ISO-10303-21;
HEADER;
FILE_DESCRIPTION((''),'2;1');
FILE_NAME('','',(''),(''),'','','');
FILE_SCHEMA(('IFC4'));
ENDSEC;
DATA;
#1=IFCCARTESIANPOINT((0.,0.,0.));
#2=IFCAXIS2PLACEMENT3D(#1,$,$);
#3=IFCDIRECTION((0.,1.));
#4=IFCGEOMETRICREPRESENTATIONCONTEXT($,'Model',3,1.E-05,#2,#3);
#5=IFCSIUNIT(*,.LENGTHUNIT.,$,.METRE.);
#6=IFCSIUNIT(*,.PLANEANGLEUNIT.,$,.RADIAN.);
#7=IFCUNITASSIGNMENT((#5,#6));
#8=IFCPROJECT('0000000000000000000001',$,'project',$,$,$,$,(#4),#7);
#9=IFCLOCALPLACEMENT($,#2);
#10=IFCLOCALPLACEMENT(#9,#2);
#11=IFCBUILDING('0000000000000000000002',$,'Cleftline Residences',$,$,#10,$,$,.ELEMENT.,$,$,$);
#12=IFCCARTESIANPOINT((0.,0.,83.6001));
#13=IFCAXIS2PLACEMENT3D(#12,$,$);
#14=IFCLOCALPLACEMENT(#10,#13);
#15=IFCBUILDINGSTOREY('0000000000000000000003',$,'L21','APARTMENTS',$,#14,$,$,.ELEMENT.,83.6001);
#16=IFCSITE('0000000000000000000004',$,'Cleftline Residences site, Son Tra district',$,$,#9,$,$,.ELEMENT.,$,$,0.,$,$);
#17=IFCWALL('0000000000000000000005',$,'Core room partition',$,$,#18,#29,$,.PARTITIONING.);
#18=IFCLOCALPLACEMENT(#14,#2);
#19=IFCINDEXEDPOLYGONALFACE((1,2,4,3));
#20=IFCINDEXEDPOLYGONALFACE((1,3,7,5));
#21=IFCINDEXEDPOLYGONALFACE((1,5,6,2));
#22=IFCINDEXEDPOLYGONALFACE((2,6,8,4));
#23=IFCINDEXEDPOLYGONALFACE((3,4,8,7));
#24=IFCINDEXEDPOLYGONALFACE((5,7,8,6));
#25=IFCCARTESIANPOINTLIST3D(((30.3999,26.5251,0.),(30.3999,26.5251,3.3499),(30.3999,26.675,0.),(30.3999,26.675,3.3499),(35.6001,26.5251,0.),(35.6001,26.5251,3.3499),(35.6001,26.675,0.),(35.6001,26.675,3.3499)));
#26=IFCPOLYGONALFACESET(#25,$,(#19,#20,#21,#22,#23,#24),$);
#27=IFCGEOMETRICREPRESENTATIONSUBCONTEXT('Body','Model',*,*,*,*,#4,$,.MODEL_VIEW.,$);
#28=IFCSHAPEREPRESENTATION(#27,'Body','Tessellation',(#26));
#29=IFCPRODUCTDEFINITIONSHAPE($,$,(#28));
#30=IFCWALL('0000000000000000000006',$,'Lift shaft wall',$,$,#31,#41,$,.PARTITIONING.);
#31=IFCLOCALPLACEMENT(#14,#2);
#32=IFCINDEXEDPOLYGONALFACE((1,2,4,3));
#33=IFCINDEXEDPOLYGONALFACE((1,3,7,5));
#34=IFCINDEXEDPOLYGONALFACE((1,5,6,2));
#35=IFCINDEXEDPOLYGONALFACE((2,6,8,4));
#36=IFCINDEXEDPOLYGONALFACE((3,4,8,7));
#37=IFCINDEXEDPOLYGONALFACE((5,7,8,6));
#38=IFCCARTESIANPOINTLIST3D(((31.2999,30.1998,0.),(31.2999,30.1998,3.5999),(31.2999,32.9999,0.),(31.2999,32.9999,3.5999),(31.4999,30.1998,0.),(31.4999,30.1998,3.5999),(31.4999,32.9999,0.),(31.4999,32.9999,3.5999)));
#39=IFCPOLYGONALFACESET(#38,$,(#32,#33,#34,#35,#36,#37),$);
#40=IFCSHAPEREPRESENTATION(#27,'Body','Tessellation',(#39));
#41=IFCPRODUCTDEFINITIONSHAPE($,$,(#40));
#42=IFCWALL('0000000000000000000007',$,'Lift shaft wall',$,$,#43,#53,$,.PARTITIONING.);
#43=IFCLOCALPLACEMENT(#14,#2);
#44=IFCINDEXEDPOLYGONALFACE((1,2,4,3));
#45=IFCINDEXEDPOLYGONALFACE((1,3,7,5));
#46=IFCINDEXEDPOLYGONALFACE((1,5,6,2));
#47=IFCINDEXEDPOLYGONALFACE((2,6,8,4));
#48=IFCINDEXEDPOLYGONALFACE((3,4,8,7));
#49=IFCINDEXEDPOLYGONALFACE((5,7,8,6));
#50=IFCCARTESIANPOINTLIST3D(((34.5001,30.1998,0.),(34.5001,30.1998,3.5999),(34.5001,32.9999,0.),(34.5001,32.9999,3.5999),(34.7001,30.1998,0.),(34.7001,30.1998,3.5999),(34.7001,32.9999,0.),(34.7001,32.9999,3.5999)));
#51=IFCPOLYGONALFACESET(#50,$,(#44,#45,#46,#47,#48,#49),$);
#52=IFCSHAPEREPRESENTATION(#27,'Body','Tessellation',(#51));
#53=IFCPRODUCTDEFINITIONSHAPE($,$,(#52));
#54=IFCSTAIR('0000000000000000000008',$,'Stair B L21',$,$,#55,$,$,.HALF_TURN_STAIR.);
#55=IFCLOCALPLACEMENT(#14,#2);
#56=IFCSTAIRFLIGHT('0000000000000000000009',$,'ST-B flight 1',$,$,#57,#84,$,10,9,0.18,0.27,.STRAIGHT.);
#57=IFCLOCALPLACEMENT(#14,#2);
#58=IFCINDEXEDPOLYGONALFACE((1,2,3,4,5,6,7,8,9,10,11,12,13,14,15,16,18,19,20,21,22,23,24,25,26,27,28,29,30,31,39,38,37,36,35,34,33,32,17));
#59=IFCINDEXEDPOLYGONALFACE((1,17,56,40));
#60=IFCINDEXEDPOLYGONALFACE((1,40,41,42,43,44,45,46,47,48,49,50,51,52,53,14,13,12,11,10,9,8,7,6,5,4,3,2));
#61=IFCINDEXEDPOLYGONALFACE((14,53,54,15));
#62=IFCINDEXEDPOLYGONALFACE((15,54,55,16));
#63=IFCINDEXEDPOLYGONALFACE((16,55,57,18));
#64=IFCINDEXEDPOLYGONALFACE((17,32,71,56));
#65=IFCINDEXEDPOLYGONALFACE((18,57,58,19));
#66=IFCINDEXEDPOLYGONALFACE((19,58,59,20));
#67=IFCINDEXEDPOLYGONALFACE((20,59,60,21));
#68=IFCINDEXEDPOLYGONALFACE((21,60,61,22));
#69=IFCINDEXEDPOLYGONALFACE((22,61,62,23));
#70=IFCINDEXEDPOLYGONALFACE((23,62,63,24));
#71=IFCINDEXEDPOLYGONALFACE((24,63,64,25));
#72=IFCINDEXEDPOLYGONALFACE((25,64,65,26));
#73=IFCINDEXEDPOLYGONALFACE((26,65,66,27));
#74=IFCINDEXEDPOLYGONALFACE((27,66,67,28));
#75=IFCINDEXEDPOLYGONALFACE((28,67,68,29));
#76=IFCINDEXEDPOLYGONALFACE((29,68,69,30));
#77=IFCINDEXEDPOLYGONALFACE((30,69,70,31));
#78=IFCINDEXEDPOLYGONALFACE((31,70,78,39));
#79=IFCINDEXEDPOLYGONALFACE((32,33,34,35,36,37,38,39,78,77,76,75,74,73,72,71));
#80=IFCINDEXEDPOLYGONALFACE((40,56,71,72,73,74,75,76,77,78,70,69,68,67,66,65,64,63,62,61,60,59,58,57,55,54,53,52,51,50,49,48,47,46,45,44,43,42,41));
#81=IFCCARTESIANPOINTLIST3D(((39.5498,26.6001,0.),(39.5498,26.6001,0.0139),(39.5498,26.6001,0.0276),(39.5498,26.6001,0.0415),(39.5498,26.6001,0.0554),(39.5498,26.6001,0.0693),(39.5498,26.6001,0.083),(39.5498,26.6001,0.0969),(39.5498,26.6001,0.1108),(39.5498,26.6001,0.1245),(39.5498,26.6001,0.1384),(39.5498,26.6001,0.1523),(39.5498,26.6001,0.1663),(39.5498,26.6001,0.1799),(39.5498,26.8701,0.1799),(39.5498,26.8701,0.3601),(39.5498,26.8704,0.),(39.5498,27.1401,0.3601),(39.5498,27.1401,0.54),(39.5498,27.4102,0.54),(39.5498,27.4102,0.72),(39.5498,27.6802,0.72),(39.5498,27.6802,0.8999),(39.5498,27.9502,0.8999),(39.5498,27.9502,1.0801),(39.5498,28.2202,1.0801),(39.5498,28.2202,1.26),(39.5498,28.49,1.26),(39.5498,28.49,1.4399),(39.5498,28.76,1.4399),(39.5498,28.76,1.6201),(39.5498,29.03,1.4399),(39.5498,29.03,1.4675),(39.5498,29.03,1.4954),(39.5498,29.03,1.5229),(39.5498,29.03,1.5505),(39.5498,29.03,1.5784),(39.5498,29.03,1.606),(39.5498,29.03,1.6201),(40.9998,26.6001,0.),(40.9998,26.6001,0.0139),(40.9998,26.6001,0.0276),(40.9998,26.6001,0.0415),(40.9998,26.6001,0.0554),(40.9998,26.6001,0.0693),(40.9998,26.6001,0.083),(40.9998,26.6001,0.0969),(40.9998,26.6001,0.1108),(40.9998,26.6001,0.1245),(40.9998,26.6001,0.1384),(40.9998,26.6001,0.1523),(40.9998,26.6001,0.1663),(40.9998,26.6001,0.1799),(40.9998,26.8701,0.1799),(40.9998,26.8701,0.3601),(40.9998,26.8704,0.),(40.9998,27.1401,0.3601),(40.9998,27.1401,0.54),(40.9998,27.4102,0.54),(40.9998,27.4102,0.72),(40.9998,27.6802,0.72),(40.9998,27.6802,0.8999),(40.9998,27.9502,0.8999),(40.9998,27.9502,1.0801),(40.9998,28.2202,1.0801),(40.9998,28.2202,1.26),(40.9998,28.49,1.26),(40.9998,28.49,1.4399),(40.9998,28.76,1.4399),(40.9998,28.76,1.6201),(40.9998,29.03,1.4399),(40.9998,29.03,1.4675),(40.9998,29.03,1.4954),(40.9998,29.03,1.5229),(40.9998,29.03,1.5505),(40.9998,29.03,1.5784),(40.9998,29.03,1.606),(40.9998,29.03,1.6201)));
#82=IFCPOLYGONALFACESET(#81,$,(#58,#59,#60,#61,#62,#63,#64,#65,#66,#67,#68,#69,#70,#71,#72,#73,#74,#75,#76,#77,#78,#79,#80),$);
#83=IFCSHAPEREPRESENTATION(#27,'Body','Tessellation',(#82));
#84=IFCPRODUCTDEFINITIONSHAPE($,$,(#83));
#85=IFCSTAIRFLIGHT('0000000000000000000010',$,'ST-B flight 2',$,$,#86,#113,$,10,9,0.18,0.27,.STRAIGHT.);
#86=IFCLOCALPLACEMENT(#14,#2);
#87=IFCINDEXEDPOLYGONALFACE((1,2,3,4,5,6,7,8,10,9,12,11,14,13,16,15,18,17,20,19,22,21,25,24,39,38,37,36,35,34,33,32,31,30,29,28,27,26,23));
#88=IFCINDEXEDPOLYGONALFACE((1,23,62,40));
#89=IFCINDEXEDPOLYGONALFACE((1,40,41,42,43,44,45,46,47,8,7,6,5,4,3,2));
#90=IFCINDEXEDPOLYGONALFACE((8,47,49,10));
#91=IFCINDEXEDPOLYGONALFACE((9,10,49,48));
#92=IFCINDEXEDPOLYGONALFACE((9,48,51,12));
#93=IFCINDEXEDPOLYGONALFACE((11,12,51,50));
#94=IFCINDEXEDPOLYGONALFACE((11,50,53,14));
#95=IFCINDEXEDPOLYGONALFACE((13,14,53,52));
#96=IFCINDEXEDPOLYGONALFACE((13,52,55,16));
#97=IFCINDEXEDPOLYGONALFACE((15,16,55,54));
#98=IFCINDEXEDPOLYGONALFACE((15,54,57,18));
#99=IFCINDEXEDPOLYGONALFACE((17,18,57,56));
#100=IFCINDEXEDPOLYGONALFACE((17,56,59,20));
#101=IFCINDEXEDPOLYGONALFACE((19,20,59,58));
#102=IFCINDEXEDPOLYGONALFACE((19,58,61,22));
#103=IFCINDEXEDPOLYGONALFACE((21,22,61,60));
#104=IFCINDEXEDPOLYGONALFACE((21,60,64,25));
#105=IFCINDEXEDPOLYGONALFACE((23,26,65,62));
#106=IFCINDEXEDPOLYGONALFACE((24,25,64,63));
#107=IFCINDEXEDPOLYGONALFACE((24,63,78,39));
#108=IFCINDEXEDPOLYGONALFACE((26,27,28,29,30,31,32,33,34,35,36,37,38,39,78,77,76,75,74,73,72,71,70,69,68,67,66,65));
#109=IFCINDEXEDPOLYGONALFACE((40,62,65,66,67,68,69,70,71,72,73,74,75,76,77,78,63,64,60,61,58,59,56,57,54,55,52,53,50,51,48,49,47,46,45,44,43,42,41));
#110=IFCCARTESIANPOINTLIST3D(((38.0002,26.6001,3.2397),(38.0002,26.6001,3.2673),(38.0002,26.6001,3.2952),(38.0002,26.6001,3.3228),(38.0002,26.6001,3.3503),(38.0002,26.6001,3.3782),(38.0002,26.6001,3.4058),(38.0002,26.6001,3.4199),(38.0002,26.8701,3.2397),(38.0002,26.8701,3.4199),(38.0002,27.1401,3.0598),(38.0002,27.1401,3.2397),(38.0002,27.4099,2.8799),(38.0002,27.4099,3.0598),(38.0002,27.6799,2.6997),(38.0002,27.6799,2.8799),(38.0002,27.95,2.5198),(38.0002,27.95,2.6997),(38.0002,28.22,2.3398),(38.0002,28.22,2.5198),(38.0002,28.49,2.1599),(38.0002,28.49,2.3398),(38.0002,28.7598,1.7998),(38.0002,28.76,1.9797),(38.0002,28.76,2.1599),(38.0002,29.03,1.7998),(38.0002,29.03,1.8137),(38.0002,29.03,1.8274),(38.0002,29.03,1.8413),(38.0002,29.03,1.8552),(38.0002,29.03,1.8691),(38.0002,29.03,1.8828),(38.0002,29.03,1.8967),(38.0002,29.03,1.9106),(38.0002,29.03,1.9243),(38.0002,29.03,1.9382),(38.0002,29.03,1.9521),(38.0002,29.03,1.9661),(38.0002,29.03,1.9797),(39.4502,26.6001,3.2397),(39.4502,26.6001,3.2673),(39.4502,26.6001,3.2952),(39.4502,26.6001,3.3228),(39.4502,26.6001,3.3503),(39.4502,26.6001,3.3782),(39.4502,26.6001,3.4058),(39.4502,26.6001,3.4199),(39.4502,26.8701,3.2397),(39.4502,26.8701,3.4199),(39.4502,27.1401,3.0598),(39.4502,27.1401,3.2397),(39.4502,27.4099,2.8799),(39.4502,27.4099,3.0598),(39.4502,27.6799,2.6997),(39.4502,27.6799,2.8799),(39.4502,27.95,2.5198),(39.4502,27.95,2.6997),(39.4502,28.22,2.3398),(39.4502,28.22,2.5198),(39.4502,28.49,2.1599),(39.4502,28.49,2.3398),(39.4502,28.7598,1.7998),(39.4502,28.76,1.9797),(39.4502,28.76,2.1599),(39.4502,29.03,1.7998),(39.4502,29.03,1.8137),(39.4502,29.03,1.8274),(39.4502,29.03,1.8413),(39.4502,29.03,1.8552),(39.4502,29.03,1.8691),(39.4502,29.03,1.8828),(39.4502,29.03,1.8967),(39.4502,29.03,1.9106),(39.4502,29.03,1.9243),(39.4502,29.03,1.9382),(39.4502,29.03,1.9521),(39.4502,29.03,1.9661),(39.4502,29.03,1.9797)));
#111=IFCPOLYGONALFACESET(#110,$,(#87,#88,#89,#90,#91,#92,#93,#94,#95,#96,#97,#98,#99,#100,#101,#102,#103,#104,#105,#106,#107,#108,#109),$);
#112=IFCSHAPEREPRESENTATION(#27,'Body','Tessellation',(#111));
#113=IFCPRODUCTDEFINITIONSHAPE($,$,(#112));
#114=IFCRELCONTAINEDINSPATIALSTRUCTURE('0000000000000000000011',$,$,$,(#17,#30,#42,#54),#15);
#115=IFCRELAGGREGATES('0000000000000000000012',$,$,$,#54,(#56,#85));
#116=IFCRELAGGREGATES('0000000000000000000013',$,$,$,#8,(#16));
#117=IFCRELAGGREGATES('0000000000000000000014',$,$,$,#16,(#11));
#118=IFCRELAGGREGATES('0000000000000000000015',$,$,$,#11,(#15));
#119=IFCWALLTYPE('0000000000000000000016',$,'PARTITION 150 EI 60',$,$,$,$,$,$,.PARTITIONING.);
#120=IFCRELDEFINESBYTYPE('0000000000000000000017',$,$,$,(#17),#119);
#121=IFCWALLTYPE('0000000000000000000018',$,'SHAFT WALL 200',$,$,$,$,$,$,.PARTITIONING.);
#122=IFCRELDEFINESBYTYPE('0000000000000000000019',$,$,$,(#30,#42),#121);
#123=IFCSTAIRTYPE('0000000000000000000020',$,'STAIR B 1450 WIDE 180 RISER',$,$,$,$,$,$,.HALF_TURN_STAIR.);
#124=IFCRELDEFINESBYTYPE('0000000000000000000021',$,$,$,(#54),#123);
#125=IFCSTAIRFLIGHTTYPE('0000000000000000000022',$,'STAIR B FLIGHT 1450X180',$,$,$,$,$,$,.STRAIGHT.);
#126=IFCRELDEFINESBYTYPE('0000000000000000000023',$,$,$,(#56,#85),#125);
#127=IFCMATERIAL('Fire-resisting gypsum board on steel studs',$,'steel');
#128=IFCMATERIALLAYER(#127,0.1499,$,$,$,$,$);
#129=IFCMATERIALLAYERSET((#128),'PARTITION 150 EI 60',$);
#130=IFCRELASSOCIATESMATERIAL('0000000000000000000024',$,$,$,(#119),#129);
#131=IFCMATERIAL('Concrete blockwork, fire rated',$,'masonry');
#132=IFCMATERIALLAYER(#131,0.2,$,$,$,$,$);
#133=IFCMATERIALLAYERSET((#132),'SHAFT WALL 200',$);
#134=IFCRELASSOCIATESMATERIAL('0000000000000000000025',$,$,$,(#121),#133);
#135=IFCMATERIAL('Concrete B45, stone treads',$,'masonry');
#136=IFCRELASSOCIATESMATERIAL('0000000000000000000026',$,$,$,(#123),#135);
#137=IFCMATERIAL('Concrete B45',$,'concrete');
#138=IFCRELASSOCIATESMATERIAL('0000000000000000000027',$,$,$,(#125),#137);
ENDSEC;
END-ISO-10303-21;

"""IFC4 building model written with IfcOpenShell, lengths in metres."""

from ifc_helpers import new_model, si_unit, direction, frame, frame_2d, origin, place, context, subcontext, project, spatial, polyline, rectangle, outline, extrude, material, layer, layer_set, type_object, element, aggregate, save


model = new_model("IFC4")

# Units and contexts
model_context = context("Model", 3, precision=1e-05, world=origin(), true_north=direction((0.0, 1.0)))
body_context = subcontext(model_context, "Body", "Model", "MODEL_VIEW")
ifc_project = project(units=[si_unit("LENGTHUNIT", "METRE"), si_unit("PLANEANGLEUNIT", "RADIAN")], contexts=[model_context])

# Site, building, storey
site_placement = place(None, origin())
site = spatial("IfcSite", under=ifc_project, at=site_placement, Name="Cleftline Residences site, Son Tra district", CompositionType="ELEMENT", RefElevation=0.0)
building_placement = place(site_placement, origin())
building = spatial("IfcBuilding", under=site, at=building_placement, Name="Cleftline Residences", CompositionType="ELEMENT")
storey_placement = place(building_placement, frame((0.0, 0.0, 83.6001)))
storey = spatial("IfcBuildingStorey", under=building, at=storey_placement, Name="L21", Description="APARTMENTS", CompositionType="ELEMENT", Elevation=83.6001)

# Walls
ifc_material_1 = material(Name="Fire-resisting gypsum board on steel studs", Category="steel")
ifc_layer_1 = layer(ifc_material_1, 0.1499)
ifc_layer_set_1 = layer_set([ifc_layer_1], Name="PARTITION 150 EI 60")
wall_type_1 = type_object("IfcWallType", Name="PARTITION 150 EI 60", PredefinedType="PARTITIONING", material=ifc_layer_set_1)
wall_1_placement = place(storey_placement, frame((30.3999, 26.6001, 0.0), z_axis=(0.0, 0.0, 1.0), x_axis=(1.0, 0.0, 0.0)))
element("IfcWall", 1, at=wall_1_placement, inside=storey, type_object=wall_type_1, Name="Core room partition", PredefinedType="PARTITIONING", context=body_context, shape_type="SweptSolid", body=[
    extrude(rectangle(XDim=5.2002, YDim=0.1499, at=frame_2d((2.6001, 0.0))), origin(), (0.0, 0.0, 1.0), 3.3499),
])
ifc_material_2 = material(Name="Concrete blockwork, fire rated", Category="masonry")
ifc_layer_2 = layer(ifc_material_2, 0.2)
ifc_layer_set_2 = layer_set([ifc_layer_2], Name="SHAFT WALL 200")
wall_type_2 = type_object("IfcWallType", Name="SHAFT WALL 200", PredefinedType="PARTITIONING", material=ifc_layer_set_2)
for number, where, z_axis, x_axis, name in (
    (2, (31.3999, 30.2, 0.0), (0.0, 0.0, 1.0), (0.0, 1.0, 0.0), "Lift shaft wall"),
    (3, (34.6001, 30.2, 0.0), (0.0, 0.0, 1.0), (0.0, 1.0, 0.0), "Lift shaft wall"),
):
    element("IfcWall", number, at=place(storey_placement, frame(where, z_axis=z_axis, x_axis=x_axis)), inside=storey, type_object=wall_type_2, Name=name, PredefinedType="PARTITIONING", context=body_context, shape_type="SweptSolid", body=[
        extrude(rectangle(XDim=2.8, YDim=0.2, at=frame_2d((1.3999, 0.0))), origin(), (0.0, 0.0, 1.0), 3.5999),
    ])

# Stair, stair flights
ifc_material_3 = material(Name="Concrete B45, stone treads", Category="masonry")
stair_type = type_object("IfcStairType", Name="STAIR B 1450 WIDE 180 RISER", PredefinedType="HALF_TURN_STAIR", material=ifc_material_3)
stair_placement = place(storey_placement, origin())
stair = element("IfcStair", 4, at=stair_placement, inside=storey, type_object=stair_type, Name="Stair B L21", PredefinedType="HALF_TURN_STAIR")
ifc_material_4 = material(Name="Concrete B45", Category="concrete")
stair_flight_type = type_object("IfcStairFlightType", Name="STAIR B FLIGHT 1450X180", PredefinedType="STRAIGHT", material=ifc_material_4)
stair_flight_1_placement = place(storey_placement, frame((40.2749, 26.6001, 0.0), z_axis=(0.0, 0.0, 1.0), x_axis=(0.0, 1.0, 0.0)))
stair_flight_1 = element("IfcStairFlight", 5, at=stair_flight_1_placement, type_object=stair_flight_type, Name="ST-B flight 1", NumberOfRisers=10, NumberOfTreads=9, PredefinedType="STRAIGHT", RiserHeight=0.18, TreadLength=0.27, context=body_context, shape_type="SweptSolid", body=[
    extrude(outline(polyline([(0.0, 0.0), (0.0, 0.0139), (0.0, 0.0276), (0.0, 0.0415), (0.0, 0.0554), (0.0, 0.0693), (0.0, 0.083), (0.0, 0.0969), (0.0, 0.1108), (0.0, 0.1245), (0.0, 0.1384), (0.0, 0.1523), (0.0, 0.1663), (0.0, 0.1799), (0.27, 0.1799), (0.27, 0.3601), (0.54, 0.3601), (0.54, 0.54), (0.8101, 0.54), (0.8101, 0.72), (1.0801, 0.72), (1.0801, 0.8999), (1.3501, 0.8999), (1.3501, 1.0801), (1.6201, 1.0801), (1.6201, 1.26), (1.8899, 1.26), (1.8899, 1.4399), (2.1599, 1.4399), (2.1599, 1.6201), (2.4299, 1.6201), (2.4299, 1.8), (2.4299, 1.7722), (2.4299, 1.7446), (2.4299, 1.7168), (2.4299, 1.6892), (2.4299, 1.6614), (2.4299, 1.6338), (2.4299, 1.606), (2.4299, 1.5784), (2.4299, 1.5505), (2.4299, 1.5229), (2.4299, 1.4954), (2.4299, 1.4675), (2.4299, 1.4399), (0.2703, 0.0), (0.0, 0.0)])), frame((0.0, 0.7251, 0.0), z_axis=(0.0, -1.0, 0.0), x_axis=(1.0, 0.0, 0.0)), (0.0, 0.0, 1.0), 1.45),
])
stair_flight_2_placement = place(storey_placement, frame((38.7251, 29.03, 1.7998), z_axis=(0.0, 0.0, 1.0), x_axis=(0.0, -1.0, 0.0)))
stair_flight_2 = element("IfcStairFlight", 6, at=stair_flight_2_placement, type_object=stair_flight_type, Name="ST-B flight 2", NumberOfRisers=10, NumberOfTreads=9, PredefinedType="STRAIGHT", RiserHeight=0.18, TreadLength=0.27, context=body_context, shape_type="SweptSolid", body=[
    extrude(outline(polyline([(0.0, 0.0), (0.0, 0.0139), (0.0, 0.0276), (0.0, 0.0415), (0.0, 0.0554), (0.0, 0.0693), (0.0, 0.083), (0.0, 0.0969), (0.0, 0.1108), (0.0, 0.1245), (0.0, 0.1384), (0.0, 0.1523), (0.0, 0.1663), (0.0, 0.1799), (0.27, 0.1799), (0.27, 0.3601), (0.54, 0.3601), (0.54, 0.54), (0.8101, 0.54), (0.8101, 0.72), (1.0801, 0.72), (1.0801, 0.8999), (1.3501, 0.8999), (1.3501, 1.0801), (1.6201, 1.0801), (1.6201, 1.26), (1.8899, 1.26), (1.8899, 1.4399), (2.1599, 1.4399), (2.1599, 1.6201), (2.4299, 1.6201), (2.4299, 1.8), (2.4299, 1.7722), (2.4299, 1.7446), (2.4299, 1.7168), (2.4299, 1.6892), (2.4299, 1.6614), (2.4299, 1.6338), (2.4299, 1.606), (2.4299, 1.5784), (2.4299, 1.5505), (2.4299, 1.5229), (2.4299, 1.4954), (2.4299, 1.4675), (2.4299, 1.4399), (0.2703, 0.0), (0.0, 0.0)])), frame((0.0, 0.7251, 0.0), z_axis=(0.0, -1.0, 0.0), x_axis=(1.0, 0.0, 0.0)), (0.0, 0.0, 1.0), 1.45),
])
aggregate(stair, [stair_flight_1, stair_flight_2])

save(model, "model.ifc")
